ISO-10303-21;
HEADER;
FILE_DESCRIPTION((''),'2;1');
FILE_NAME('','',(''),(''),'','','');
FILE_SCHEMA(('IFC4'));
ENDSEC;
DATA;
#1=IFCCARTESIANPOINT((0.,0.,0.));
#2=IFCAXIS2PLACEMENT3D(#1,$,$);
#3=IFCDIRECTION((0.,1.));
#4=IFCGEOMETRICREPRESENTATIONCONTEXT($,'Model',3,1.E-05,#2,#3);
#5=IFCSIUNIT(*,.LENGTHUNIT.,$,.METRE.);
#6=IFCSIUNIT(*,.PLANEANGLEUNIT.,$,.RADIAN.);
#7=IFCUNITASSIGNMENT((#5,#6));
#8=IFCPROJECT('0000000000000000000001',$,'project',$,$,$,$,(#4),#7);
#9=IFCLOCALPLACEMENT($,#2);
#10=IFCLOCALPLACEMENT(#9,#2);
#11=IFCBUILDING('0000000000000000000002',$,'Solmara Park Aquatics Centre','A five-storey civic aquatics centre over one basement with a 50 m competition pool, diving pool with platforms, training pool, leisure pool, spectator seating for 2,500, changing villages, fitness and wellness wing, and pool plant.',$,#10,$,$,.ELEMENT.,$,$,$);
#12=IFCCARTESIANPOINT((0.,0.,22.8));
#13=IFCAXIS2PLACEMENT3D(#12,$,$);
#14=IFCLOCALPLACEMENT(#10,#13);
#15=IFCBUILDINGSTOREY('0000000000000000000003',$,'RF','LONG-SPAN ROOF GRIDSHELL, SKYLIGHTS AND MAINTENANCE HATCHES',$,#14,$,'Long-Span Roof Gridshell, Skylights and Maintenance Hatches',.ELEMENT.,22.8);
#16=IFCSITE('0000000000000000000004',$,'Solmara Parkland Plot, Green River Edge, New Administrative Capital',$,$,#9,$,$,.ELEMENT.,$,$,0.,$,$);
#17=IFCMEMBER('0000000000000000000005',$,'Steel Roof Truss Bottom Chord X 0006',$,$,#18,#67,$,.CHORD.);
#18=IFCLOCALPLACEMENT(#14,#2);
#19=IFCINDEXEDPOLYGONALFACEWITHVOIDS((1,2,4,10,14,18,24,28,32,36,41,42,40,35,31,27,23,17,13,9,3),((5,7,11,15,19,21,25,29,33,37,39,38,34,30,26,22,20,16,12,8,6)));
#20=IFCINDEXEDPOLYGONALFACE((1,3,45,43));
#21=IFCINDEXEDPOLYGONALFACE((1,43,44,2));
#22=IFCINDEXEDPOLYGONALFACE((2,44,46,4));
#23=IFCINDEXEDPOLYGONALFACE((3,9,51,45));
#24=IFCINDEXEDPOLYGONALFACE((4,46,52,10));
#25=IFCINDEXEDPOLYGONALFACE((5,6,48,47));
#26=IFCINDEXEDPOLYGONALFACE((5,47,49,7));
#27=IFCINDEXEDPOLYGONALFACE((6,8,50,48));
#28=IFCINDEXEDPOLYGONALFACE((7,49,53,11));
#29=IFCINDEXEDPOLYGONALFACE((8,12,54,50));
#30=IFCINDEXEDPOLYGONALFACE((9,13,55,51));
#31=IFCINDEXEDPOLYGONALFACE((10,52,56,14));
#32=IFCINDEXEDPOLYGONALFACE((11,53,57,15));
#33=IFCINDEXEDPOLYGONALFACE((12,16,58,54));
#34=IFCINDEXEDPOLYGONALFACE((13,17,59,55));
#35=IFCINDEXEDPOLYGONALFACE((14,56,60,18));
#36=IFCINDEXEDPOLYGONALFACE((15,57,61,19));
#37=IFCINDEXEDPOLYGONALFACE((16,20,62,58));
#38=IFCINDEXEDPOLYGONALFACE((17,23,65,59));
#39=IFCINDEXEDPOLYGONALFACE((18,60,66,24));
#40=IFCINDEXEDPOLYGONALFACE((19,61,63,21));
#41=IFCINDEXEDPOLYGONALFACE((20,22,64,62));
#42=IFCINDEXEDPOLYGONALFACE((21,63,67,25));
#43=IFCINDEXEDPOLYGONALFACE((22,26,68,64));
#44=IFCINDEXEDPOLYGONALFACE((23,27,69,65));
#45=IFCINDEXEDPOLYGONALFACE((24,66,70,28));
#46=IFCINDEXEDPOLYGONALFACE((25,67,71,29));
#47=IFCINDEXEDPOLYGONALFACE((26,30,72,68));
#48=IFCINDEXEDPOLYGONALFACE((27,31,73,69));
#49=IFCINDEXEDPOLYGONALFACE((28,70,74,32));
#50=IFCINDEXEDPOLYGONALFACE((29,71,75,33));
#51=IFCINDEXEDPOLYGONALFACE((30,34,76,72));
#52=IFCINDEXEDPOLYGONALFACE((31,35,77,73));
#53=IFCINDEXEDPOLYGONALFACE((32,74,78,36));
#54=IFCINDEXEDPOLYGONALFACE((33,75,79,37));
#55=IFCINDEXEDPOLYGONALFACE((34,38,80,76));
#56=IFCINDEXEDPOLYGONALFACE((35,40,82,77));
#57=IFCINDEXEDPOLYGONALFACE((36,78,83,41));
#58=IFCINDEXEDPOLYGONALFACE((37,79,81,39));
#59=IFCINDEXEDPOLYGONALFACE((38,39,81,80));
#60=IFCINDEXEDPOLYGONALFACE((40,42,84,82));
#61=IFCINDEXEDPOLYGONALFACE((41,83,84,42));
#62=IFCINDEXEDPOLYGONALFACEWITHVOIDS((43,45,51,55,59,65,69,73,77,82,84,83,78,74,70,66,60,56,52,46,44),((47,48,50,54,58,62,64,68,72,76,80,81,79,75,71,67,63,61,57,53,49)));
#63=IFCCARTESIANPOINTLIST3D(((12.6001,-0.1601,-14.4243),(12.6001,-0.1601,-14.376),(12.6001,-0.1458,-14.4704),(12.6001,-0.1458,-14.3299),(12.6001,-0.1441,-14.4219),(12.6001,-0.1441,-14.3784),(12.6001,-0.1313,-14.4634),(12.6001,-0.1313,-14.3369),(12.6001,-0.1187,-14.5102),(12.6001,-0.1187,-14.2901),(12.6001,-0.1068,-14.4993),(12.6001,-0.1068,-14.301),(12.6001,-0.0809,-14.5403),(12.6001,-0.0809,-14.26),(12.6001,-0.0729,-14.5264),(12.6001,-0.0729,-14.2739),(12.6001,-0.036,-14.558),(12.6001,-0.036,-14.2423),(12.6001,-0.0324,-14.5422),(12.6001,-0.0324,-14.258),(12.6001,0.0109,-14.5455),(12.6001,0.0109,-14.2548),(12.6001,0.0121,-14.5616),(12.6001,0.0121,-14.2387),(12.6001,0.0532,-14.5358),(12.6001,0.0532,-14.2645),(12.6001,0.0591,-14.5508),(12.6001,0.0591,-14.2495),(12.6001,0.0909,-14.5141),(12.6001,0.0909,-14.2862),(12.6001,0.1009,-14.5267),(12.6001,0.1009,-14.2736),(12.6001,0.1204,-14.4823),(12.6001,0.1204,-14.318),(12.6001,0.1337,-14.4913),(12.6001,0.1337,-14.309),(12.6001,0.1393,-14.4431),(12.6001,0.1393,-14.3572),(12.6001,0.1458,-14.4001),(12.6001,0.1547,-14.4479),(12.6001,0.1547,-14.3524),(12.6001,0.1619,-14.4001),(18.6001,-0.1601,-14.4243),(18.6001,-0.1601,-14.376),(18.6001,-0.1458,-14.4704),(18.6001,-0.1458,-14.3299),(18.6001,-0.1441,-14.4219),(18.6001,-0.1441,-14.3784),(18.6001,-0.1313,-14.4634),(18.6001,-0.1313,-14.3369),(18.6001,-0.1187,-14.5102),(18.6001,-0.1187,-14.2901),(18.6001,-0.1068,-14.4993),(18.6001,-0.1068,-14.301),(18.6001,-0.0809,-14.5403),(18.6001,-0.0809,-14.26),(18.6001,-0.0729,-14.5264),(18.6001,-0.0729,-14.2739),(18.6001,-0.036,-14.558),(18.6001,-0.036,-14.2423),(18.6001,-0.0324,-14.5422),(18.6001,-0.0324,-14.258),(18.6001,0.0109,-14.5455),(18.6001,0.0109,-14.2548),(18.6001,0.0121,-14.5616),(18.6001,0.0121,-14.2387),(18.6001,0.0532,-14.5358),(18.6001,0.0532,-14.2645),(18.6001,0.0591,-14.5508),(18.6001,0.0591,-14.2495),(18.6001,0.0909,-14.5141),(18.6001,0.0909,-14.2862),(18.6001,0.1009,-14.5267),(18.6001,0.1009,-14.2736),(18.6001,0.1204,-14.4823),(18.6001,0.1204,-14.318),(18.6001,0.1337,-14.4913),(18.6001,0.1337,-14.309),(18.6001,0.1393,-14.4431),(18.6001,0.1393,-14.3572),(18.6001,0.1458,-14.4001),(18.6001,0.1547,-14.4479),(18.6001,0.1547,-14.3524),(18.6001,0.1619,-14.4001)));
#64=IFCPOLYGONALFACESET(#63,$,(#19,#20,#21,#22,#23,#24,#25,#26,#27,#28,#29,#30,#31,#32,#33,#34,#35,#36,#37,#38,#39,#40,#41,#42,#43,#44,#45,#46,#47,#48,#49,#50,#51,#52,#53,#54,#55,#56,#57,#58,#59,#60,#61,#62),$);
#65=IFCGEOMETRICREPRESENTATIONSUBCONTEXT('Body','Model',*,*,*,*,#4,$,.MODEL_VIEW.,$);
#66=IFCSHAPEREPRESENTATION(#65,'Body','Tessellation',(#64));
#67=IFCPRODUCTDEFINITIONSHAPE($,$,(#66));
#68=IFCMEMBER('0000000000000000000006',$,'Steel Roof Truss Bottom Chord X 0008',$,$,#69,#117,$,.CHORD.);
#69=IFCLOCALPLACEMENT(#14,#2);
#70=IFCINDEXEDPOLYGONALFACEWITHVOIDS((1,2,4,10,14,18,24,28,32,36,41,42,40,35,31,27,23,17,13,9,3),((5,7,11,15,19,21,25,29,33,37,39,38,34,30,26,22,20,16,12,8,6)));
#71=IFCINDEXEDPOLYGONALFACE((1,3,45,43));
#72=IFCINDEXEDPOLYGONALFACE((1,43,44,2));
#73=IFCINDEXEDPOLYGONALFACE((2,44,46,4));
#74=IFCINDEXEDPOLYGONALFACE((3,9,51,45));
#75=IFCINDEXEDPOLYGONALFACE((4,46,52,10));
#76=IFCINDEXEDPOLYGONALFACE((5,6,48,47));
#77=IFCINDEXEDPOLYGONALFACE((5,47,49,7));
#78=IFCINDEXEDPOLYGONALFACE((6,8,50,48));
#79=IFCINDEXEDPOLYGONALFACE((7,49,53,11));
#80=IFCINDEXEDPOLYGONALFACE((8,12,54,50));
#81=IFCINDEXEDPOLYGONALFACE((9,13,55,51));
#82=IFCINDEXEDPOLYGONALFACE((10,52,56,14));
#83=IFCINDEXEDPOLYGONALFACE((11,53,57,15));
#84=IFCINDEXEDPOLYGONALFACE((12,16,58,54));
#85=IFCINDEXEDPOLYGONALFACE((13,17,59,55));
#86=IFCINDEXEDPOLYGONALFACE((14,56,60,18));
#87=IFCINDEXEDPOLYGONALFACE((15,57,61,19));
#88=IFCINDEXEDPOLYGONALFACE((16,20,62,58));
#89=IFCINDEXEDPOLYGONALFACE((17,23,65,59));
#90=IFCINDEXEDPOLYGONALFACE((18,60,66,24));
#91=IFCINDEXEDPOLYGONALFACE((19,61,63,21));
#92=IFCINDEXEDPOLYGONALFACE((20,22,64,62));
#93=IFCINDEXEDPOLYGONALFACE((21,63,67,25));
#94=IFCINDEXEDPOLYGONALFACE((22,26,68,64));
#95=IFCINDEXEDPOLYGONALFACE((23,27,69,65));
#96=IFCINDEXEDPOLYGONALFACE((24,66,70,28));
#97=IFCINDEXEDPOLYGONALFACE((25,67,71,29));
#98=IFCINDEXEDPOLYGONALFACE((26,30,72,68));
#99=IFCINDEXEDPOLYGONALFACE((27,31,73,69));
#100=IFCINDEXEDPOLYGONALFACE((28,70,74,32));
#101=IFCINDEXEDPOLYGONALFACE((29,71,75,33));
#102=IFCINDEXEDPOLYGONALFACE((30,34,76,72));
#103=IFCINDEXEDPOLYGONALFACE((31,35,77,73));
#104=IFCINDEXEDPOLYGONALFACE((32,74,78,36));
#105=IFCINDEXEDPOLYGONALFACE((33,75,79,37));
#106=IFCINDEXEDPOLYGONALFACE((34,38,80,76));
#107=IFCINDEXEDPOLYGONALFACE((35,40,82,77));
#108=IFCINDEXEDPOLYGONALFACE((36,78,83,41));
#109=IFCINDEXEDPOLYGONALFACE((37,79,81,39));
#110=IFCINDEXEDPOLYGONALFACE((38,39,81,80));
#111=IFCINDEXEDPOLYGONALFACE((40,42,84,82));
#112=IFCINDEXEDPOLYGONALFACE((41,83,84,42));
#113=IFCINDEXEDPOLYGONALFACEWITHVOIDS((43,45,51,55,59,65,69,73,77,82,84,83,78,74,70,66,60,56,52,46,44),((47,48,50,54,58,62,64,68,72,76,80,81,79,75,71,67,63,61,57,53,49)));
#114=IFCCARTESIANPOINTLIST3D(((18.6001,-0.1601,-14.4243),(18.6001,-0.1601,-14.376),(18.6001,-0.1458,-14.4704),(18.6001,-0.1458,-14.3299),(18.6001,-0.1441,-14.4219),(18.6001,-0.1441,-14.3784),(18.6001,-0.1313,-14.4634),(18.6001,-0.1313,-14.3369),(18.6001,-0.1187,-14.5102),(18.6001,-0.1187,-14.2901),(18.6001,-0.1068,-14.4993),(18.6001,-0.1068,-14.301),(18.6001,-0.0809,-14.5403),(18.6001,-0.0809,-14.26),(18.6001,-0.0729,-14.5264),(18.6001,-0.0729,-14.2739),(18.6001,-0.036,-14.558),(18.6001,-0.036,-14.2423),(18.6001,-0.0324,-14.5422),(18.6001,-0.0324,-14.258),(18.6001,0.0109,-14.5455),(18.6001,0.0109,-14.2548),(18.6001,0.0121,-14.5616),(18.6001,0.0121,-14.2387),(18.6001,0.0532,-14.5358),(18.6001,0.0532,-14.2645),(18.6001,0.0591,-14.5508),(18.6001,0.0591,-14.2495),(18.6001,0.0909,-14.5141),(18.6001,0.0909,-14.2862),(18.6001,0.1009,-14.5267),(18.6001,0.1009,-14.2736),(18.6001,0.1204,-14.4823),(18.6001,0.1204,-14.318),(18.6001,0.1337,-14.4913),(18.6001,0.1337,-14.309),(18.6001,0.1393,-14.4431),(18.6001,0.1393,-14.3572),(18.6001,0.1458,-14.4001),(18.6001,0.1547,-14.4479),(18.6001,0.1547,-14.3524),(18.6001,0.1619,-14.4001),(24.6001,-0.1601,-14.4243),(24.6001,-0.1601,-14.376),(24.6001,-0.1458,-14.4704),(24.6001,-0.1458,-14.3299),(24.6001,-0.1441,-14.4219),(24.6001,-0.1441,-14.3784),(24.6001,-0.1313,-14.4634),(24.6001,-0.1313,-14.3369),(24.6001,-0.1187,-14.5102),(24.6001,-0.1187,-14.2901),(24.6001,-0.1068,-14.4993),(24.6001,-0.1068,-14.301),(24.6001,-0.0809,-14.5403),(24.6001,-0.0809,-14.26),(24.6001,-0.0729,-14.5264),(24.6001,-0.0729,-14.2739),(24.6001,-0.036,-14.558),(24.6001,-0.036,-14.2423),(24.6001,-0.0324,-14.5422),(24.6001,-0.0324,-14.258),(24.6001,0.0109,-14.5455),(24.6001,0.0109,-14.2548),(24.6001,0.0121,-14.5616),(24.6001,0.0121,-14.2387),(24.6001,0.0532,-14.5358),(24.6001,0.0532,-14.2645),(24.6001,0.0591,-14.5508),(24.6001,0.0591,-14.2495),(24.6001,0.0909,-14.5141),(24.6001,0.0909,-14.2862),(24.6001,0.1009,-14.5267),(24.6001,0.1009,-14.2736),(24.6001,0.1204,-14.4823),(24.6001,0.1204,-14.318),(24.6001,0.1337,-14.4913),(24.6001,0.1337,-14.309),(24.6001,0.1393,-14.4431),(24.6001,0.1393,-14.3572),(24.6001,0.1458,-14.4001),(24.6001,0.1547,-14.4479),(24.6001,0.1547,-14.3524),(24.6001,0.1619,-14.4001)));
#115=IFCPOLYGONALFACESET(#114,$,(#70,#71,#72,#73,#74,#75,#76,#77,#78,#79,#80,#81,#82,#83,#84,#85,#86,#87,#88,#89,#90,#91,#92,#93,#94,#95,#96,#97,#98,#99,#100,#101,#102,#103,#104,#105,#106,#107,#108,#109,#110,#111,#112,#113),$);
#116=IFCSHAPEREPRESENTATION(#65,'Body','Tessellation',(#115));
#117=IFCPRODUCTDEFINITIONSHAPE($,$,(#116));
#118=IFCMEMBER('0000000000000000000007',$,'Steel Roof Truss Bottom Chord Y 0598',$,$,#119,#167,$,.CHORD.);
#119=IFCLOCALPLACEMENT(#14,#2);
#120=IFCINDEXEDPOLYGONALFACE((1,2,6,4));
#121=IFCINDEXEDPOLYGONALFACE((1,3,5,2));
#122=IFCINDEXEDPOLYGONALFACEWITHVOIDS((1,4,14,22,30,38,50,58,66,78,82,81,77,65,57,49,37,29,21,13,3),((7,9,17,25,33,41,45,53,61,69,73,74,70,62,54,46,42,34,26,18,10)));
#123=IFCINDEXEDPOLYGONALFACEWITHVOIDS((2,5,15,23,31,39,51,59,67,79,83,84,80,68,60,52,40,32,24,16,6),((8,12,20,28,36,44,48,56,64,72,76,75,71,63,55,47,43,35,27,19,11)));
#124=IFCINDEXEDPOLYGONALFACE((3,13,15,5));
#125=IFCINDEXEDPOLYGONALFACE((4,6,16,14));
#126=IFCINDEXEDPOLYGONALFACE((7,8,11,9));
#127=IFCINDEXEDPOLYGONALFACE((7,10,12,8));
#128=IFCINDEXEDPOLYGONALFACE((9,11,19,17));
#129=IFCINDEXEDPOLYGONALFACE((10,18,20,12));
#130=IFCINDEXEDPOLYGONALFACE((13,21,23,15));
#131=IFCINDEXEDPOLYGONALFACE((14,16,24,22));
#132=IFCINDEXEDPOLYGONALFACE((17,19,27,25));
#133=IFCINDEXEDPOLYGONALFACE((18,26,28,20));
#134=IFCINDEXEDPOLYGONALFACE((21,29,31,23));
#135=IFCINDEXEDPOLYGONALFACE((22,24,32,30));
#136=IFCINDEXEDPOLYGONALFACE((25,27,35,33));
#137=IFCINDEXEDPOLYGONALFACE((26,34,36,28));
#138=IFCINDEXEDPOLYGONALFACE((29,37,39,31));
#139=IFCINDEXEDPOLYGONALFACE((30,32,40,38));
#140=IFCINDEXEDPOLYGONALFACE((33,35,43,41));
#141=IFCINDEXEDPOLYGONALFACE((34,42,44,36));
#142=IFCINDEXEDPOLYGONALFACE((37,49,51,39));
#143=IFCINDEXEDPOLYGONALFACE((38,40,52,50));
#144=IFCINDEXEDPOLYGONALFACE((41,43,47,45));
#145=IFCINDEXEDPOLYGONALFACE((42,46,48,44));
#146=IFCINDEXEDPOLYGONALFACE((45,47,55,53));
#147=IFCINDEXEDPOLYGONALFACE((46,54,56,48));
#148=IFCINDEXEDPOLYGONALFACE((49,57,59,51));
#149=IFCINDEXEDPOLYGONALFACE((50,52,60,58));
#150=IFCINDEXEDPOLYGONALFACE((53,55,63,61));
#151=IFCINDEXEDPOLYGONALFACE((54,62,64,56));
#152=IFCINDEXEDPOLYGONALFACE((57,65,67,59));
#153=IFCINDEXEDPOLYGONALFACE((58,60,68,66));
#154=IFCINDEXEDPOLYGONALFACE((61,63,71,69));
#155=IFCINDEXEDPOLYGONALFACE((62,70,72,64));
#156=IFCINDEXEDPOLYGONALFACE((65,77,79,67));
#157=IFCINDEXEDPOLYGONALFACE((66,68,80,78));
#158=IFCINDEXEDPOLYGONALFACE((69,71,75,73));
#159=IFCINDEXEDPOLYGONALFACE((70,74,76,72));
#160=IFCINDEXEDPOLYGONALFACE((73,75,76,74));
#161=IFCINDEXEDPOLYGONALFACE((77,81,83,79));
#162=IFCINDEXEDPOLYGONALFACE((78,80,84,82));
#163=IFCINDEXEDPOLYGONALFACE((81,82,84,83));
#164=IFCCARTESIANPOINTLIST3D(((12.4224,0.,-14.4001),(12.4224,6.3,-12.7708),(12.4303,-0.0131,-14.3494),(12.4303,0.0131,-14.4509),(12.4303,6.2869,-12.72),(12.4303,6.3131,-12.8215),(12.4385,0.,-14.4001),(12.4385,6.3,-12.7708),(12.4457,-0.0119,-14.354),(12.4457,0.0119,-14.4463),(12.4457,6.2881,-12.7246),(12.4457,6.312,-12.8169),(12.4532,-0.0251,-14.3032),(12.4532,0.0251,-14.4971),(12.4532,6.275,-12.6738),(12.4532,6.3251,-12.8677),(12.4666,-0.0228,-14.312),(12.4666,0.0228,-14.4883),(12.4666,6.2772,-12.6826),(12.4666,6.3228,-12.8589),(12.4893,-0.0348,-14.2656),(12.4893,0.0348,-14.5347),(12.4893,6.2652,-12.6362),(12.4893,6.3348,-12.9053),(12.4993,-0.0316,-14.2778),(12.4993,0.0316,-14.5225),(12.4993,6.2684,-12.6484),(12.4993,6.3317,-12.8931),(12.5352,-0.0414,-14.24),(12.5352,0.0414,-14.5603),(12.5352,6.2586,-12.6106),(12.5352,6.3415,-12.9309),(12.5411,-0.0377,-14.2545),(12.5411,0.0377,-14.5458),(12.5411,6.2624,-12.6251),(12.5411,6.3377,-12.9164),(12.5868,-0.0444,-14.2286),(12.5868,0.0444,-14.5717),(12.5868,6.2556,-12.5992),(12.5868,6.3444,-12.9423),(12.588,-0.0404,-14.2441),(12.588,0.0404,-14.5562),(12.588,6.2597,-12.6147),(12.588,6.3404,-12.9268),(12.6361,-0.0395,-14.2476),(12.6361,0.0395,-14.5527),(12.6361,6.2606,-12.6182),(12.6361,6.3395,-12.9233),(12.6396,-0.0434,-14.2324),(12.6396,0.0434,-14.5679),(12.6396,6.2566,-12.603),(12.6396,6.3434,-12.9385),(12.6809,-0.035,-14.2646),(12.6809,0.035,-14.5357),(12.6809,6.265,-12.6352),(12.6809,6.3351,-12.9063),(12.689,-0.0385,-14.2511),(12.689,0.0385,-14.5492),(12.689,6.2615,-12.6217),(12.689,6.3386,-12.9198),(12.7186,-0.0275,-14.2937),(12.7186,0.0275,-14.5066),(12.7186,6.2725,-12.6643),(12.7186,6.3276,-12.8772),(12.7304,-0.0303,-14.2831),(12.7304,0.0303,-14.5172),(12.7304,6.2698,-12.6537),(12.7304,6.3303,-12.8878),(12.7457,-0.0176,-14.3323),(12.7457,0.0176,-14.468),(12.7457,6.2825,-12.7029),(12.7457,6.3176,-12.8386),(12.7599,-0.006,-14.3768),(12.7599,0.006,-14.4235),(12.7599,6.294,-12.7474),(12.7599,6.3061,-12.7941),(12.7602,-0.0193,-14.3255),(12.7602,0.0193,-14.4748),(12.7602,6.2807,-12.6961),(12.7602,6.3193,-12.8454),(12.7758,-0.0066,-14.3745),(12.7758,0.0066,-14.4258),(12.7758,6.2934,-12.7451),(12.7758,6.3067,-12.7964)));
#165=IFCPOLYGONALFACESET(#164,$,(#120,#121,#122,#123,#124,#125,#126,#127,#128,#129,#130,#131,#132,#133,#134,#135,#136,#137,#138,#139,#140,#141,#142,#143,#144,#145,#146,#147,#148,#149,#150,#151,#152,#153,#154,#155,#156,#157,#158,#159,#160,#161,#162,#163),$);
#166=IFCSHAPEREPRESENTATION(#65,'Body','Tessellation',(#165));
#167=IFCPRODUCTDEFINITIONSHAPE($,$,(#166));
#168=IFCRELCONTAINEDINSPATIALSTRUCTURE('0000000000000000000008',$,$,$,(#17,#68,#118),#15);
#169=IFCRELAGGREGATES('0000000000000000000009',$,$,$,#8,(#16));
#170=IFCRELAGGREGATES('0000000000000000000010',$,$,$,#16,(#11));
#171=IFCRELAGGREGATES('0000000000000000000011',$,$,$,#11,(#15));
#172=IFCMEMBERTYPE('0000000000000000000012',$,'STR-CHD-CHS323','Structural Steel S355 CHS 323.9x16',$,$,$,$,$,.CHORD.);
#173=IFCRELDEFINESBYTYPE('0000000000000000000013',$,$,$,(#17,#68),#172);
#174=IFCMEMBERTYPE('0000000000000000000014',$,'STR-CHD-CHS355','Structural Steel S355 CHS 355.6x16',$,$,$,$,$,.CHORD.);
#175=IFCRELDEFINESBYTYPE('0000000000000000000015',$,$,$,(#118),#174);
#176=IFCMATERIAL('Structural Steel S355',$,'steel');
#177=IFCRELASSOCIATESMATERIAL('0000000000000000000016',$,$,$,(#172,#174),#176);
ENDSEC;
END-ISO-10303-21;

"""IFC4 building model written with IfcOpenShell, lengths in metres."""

from ifc_helpers import new_model, si_unit, direction, frame, origin, origin_2d, place, context, subcontext, project, spatial, hollow_circle, extrude, material, material_profile, profile_set, type_object, element, save


model = new_model("IFC4")

# Units and contexts
model_context = context("Model", 3, precision=1e-05, world=origin(), true_north=direction((0.0, 1.0)))
body_context = subcontext(model_context, "Body", "Model", "MODEL_VIEW")
ifc_project = project(units=[si_unit("LENGTHUNIT", "METRE"), si_unit("PLANEANGLEUNIT", "RADIAN")], contexts=[model_context])

# Site, building, storey
site_placement = place(None, origin())
site = spatial("IfcSite", under=ifc_project, at=site_placement, Name="Solmara Parkland Plot, Green River Edge, New Administrative Capital", CompositionType="ELEMENT", RefElevation=0.0)
building_placement = place(site_placement, origin())
building = spatial("IfcBuilding", under=site, at=building_placement, Name="Solmara Park Aquatics Centre", Description="A five-storey civic aquatics centre over one basement with a 50 m competition pool, diving pool with platforms, training pool, leisure pool, spectator seating for 2,500, changing villages, fitness and wellness wing, and pool plant.", CompositionType="ELEMENT")
storey_placement = place(building_placement, frame((0.0, 0.0, 22.8)))
storey = spatial("IfcBuildingStorey", under=building, at=storey_placement, Name="RF", Description="LONG-SPAN ROOF GRIDSHELL, SKYLIGHTS AND MAINTENANCE HATCHES", LongName="Long-Span Roof Gridshell, Skylights and Maintenance Hatches", CompositionType="ELEMENT", Elevation=22.8)

# Members
ifc_material_1 = material(Name="Structural Steel S355", Category="steel")
ifc_material_profile_1 = material_profile(ifc_material_1, hollow_circle(Radius=0.1619, WallThickness=0.0161, at=origin_2d()), Name="CHS 323.9x16")
ifc_profile_set_1 = profile_set([ifc_material_profile_1], Name="Structural Steel S355")
member_type_1 = type_object("IfcMemberType", Name="STR-CHD-CHS323", Description="Structural Steel S355 CHS 323.9x16", PredefinedType="CHORD", material=ifc_profile_set_1)
for number, where, z_axis, x_axis, name in (
    (1, (12.6001, 0.0, -14.4001), (1.0, 0.0, 0.0), (0.0, 1.0, 0.0), "Steel Roof Truss Bottom Chord X 0006"),
    (2, (18.6001, 0.0, -14.4001), (1.0, 0.0, 0.0), (0.0, 1.0, 0.0), "Steel Roof Truss Bottom Chord X 0008"),
):
    element("IfcMember", number, at=place(storey_placement, frame(where, z_axis=z_axis, x_axis=x_axis)), inside=storey, type_object=member_type_1, Name=name, PredefinedType="CHORD", context=body_context, shape_type="SweptSolid", body=[
        extrude(hollow_circle(Radius=0.1619, WallThickness=0.0161, at=origin_2d()), origin(), (0.0, 0.0, 1.0), 6.0),
    ])
ifc_material_profile_2 = material_profile(ifc_material_1, hollow_circle(Radius=0.1777, WallThickness=0.0161, at=origin_2d()), Name="CHS 355.6x16")
ifc_profile_set_2 = profile_set([ifc_material_profile_2], Name="Structural Steel S355")
member_type_2 = type_object("IfcMemberType", Name="STR-CHD-CHS355", Description="Structural Steel S355 CHS 355.6x16", PredefinedType="CHORD", material=ifc_profile_set_2)
for number, where, z_axis, x_axis, name in (
    (3, (12.6001, 0.0, -14.4001), (0.0, 0.968144, 0.250393), (-1.0, 0.0, 0.0), "Steel Roof Truss Bottom Chord Y 0598"),
):
    element("IfcMember", number, at=place(storey_placement, frame(where, z_axis=z_axis, x_axis=x_axis)), inside=storey, type_object=member_type_2, Name=name, PredefinedType="CHORD", context=body_context, shape_type="SweptSolid", body=[
        extrude(hollow_circle(Radius=0.1777, WallThickness=0.0161, at=origin_2d()), origin(), (0.0, 0.0, 1.0), 6.5073),
    ])

save(model, "model.ifc")
